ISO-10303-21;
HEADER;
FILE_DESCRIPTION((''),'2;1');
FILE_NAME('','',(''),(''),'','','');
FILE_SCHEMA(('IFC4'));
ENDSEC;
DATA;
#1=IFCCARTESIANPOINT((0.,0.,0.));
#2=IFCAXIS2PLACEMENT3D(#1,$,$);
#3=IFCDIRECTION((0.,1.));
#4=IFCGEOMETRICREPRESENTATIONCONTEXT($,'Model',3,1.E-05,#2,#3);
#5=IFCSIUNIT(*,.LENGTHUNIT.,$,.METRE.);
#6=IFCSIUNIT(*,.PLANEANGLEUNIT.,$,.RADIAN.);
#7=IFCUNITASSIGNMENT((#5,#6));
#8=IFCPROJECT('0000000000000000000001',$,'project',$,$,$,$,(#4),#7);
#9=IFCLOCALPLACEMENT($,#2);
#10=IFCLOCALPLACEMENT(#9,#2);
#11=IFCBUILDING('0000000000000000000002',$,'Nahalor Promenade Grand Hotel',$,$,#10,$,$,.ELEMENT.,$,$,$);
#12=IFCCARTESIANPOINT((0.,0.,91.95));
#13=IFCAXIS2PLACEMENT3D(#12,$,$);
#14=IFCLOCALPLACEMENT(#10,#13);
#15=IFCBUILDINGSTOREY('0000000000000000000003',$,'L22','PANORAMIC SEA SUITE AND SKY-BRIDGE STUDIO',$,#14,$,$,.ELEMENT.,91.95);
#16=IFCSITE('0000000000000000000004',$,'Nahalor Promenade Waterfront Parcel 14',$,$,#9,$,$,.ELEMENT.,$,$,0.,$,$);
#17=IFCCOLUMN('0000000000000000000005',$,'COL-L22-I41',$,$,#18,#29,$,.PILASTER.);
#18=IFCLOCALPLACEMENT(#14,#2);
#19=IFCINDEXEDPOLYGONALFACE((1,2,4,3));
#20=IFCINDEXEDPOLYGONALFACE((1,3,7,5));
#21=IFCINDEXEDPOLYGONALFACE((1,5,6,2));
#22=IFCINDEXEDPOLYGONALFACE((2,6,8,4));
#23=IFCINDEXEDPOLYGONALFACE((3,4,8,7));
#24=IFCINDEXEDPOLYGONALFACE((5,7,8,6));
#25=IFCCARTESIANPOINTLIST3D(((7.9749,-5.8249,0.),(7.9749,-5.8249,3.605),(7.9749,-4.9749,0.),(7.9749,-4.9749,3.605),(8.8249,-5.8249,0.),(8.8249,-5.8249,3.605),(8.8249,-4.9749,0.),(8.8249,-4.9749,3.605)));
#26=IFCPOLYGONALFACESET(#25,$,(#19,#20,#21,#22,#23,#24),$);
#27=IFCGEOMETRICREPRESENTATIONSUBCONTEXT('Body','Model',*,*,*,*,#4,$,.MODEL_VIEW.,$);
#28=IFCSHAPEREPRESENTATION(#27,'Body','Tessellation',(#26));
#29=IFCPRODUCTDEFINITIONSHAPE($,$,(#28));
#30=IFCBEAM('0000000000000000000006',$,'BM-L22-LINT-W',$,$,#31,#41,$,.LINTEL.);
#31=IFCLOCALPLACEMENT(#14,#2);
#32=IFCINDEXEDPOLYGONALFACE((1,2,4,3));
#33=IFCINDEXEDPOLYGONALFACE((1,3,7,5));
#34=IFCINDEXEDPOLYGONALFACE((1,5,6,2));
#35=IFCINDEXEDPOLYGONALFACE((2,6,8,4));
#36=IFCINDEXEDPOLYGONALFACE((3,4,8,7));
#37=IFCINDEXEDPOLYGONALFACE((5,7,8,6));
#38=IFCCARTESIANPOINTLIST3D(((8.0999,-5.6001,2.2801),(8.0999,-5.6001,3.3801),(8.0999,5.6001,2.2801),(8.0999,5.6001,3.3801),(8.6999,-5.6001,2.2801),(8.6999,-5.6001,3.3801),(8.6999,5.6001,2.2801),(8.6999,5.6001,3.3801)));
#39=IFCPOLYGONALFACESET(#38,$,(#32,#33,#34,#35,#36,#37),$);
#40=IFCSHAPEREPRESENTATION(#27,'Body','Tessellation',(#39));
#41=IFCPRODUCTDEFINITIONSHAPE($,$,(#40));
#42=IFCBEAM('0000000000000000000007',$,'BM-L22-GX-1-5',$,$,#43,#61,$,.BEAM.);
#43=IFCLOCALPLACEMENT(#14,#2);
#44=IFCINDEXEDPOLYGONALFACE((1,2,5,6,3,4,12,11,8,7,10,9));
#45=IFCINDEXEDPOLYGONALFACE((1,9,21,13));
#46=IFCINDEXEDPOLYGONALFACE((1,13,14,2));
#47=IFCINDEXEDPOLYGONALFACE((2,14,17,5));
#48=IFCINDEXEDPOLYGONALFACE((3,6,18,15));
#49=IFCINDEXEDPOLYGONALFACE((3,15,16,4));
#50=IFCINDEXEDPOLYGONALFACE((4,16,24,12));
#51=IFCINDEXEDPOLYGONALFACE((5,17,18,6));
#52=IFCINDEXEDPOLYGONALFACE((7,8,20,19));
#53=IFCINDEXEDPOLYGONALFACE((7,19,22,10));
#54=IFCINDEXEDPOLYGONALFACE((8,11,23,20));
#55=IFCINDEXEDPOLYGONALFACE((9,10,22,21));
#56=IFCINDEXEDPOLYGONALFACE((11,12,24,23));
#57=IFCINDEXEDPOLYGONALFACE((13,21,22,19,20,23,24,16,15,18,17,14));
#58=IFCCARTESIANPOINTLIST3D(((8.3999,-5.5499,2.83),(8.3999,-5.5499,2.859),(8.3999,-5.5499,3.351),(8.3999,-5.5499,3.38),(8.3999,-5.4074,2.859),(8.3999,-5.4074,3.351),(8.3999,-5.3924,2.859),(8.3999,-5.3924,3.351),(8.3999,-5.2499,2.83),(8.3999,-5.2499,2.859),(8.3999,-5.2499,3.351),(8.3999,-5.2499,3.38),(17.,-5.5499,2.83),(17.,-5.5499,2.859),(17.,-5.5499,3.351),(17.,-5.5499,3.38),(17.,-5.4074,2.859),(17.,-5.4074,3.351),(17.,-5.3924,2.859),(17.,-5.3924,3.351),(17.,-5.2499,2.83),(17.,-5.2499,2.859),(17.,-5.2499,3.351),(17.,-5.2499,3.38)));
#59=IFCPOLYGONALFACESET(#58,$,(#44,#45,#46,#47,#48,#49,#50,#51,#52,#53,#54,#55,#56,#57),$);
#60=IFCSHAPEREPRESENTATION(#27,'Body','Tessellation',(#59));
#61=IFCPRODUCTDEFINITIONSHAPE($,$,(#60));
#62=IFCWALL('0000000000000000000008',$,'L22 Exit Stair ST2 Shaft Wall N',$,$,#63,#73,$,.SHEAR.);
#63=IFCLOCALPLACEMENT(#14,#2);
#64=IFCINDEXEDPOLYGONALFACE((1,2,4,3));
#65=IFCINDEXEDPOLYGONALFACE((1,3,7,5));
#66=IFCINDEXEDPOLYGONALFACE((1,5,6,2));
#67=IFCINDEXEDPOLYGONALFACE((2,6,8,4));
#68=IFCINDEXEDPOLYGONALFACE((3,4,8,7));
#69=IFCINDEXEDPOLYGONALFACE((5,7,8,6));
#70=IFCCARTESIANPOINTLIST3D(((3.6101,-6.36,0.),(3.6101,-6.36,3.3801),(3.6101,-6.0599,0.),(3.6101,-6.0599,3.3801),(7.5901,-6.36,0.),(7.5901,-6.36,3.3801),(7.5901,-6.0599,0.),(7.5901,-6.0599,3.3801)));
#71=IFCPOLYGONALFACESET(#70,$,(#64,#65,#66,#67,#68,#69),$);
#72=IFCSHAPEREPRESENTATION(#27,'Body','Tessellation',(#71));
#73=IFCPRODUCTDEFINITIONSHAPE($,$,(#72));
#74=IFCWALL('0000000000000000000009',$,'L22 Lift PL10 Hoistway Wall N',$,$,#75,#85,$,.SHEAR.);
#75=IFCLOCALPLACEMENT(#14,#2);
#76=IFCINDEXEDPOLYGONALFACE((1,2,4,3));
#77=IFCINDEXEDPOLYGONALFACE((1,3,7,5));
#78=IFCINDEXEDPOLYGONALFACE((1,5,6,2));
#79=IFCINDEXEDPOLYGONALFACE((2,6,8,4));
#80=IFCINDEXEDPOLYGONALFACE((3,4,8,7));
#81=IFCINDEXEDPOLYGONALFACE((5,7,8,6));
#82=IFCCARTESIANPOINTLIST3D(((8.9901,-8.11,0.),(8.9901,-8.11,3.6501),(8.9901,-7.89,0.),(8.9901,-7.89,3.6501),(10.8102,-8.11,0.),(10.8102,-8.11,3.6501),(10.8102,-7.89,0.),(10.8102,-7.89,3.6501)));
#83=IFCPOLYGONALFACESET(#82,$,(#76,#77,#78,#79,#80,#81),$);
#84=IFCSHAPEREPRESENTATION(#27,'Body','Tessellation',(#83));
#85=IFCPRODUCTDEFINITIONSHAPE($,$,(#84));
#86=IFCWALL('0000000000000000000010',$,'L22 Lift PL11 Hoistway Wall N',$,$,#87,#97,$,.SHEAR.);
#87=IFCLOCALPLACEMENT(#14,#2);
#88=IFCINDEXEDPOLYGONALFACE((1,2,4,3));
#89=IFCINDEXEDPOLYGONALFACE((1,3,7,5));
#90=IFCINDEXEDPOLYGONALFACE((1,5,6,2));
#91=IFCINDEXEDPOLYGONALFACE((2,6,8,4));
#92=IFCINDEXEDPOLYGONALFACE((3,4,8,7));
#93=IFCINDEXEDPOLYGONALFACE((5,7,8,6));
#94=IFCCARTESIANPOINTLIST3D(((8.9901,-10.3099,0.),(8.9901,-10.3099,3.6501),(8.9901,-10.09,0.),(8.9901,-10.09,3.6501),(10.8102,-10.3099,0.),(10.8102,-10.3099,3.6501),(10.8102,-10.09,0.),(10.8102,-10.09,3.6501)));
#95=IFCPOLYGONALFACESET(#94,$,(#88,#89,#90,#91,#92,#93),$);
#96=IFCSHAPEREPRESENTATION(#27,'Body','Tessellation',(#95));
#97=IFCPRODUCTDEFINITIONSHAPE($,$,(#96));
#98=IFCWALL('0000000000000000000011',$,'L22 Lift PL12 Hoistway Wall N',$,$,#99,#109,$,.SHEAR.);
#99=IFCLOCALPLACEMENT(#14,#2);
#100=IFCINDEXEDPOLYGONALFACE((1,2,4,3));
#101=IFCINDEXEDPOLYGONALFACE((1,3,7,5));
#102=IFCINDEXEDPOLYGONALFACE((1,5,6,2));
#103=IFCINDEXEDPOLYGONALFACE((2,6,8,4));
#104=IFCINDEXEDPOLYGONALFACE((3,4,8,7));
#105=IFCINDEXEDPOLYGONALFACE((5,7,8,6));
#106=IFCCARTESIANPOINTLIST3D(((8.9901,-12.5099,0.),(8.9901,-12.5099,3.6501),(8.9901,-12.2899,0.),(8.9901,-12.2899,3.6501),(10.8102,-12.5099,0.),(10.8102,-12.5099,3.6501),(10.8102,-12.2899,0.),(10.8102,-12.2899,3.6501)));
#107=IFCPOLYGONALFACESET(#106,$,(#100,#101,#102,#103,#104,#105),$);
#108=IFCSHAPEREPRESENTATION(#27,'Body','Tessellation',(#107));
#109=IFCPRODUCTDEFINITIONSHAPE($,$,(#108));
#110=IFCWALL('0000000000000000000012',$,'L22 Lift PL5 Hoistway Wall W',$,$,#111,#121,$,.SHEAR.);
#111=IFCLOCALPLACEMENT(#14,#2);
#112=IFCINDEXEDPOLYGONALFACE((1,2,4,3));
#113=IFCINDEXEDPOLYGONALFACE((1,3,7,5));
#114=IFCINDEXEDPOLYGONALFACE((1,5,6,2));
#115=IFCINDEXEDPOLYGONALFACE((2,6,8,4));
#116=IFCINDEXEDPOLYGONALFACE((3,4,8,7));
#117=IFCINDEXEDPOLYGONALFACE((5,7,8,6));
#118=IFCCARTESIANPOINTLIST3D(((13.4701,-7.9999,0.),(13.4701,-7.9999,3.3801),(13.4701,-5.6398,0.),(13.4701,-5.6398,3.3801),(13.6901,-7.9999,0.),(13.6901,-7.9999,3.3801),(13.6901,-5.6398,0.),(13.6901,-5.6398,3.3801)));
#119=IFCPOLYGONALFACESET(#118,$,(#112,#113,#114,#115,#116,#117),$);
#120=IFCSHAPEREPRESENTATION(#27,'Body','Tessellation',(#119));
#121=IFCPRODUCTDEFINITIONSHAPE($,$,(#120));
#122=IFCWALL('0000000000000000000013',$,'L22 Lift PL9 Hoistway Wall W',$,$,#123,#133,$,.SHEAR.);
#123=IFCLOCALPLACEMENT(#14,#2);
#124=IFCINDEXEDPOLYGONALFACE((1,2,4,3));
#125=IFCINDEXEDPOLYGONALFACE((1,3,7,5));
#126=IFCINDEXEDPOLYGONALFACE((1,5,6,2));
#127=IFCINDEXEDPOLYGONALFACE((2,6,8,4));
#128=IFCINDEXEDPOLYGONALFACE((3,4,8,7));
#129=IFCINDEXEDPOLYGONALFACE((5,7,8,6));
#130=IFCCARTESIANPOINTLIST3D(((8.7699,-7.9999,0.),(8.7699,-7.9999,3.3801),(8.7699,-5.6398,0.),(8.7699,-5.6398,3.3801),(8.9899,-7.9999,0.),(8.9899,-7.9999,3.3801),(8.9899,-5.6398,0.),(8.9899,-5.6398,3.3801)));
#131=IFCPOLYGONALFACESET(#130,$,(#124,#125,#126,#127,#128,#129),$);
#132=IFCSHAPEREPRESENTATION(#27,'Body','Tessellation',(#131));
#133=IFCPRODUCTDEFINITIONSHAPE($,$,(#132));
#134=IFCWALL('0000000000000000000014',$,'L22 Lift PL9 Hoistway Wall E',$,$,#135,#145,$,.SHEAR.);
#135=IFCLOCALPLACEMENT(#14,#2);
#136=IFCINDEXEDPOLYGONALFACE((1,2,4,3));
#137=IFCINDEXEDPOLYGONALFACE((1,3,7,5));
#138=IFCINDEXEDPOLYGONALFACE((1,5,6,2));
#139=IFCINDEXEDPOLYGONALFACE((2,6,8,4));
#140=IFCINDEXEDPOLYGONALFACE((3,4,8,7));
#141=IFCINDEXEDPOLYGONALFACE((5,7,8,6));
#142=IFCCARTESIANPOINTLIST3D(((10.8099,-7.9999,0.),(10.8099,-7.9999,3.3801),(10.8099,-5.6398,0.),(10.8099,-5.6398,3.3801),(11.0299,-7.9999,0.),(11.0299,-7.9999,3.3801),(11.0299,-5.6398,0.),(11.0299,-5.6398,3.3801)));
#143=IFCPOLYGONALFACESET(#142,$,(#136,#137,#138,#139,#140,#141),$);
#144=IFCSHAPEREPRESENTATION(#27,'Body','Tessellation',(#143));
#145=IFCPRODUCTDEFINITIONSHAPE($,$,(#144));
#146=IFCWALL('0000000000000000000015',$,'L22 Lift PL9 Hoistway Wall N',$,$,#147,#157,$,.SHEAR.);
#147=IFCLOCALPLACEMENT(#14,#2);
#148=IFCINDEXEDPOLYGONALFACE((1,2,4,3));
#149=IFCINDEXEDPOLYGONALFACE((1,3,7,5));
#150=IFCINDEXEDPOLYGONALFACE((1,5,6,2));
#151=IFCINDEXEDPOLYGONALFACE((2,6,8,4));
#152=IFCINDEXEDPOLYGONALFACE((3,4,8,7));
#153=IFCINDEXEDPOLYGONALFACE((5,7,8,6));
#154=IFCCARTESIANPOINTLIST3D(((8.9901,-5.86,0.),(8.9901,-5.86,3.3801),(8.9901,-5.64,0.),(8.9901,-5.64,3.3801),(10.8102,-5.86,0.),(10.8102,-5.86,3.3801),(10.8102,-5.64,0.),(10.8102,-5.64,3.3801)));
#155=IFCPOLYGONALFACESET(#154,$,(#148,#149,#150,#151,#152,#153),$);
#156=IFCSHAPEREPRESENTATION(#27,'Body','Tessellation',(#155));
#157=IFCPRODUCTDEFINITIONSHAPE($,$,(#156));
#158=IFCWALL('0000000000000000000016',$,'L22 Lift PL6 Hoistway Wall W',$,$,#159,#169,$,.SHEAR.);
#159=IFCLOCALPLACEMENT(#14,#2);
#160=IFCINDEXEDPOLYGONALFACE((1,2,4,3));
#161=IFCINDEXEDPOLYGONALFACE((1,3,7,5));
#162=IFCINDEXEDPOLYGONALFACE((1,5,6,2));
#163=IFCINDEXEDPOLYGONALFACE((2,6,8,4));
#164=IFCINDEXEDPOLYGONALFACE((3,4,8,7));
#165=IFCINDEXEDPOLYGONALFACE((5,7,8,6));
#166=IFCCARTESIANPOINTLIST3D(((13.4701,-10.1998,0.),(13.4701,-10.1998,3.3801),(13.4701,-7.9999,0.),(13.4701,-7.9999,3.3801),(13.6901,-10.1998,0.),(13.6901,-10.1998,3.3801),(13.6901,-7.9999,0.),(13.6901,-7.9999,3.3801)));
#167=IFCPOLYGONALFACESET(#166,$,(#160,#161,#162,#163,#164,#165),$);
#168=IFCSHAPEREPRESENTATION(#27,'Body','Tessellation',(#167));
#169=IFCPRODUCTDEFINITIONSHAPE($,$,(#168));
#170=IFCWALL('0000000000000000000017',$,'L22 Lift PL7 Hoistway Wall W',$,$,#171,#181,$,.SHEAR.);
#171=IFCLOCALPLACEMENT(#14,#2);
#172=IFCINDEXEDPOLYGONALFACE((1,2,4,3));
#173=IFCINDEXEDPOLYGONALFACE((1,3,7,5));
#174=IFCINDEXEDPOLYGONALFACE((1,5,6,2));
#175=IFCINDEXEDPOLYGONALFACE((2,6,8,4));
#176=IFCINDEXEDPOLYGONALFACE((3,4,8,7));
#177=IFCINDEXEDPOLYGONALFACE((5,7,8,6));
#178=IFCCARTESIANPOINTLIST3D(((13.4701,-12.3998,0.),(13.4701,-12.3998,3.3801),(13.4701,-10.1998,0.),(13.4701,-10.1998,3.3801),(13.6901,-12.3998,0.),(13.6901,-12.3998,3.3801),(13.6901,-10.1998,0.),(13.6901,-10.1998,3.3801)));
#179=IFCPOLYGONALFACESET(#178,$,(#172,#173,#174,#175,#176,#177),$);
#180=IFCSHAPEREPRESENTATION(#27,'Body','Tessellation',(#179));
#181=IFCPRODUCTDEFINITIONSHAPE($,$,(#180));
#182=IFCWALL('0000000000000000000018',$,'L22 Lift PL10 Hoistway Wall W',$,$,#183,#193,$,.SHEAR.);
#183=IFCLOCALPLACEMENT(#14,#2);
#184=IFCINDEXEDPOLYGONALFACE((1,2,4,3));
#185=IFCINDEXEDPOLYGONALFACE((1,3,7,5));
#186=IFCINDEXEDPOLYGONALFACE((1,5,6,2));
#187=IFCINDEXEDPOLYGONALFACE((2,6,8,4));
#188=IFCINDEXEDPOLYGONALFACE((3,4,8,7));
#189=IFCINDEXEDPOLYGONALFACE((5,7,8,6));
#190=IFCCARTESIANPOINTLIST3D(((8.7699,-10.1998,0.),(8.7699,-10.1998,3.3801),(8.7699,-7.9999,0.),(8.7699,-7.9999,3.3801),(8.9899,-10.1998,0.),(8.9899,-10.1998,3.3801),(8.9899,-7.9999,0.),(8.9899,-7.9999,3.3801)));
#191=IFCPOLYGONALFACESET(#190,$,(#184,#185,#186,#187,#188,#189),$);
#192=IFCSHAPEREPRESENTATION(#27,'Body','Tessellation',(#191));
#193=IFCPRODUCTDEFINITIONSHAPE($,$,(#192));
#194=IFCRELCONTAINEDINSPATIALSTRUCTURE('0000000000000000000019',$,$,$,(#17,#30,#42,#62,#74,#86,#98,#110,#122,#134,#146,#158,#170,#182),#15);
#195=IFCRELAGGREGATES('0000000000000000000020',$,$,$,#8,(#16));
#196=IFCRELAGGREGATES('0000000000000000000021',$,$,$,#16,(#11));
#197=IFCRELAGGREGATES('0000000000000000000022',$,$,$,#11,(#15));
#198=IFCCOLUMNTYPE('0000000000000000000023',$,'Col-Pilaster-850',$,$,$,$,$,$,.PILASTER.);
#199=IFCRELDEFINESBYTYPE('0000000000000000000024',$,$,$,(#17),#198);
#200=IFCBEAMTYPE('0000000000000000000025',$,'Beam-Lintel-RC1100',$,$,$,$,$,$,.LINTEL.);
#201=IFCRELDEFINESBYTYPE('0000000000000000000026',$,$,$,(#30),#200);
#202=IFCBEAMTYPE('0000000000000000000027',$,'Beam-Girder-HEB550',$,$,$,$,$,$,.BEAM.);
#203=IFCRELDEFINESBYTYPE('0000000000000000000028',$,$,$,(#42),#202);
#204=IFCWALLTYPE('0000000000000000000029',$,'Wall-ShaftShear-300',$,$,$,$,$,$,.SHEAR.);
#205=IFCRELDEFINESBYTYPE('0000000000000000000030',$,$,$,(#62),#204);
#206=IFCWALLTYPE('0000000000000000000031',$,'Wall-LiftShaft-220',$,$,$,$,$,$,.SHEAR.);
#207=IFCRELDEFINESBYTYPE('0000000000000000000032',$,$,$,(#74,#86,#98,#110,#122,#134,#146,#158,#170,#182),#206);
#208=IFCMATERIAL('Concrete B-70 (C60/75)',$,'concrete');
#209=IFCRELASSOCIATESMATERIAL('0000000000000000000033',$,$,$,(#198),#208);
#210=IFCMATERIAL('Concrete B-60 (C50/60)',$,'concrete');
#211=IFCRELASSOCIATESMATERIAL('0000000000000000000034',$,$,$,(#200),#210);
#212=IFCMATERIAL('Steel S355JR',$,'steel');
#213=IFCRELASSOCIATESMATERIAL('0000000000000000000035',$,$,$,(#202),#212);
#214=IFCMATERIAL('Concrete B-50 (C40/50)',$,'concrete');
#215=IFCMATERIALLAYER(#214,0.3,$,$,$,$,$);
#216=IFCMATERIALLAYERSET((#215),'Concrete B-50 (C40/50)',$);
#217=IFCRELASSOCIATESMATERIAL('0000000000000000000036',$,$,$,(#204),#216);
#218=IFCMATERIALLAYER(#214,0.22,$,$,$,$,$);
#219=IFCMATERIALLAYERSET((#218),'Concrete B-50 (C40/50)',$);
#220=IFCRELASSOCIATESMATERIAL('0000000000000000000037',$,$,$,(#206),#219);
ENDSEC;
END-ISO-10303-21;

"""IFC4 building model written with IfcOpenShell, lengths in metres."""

from ifc_helpers import new_model, si_unit, direction, frame, frame_2d, origin, origin_2d, place, context, subcontext, project, spatial, rectangle, i_section, extrude, source, transform, mapped, material, layer, layer_set, material_profile, profile_set, type_object, element, save


model = new_model("IFC4")

# Units and contexts
model_context = context("Model", 3, precision=1e-05, world=origin(), true_north=direction((0.0, 1.0)))
body_context = subcontext(model_context, "Body", "Model", "MODEL_VIEW")
ifc_project = project(units=[si_unit("LENGTHUNIT", "METRE"), si_unit("PLANEANGLEUNIT", "RADIAN")], contexts=[model_context])

# Site, building, storey
site_placement = place(None, origin())
site = spatial("IfcSite", under=ifc_project, at=site_placement, Name="Nahalor Promenade Waterfront Parcel 14", CompositionType="ELEMENT", RefElevation=0.0)
building_placement = place(site_placement, origin())
building = spatial("IfcBuilding", under=site, at=building_placement, Name="Nahalor Promenade Grand Hotel", CompositionType="ELEMENT")
storey_placement = place(building_placement, frame((0.0, 0.0, 91.95)))
storey = spatial("IfcBuildingStorey", under=building, at=storey_placement, Name="L22", Description="PANORAMIC SEA SUITE AND SKY-BRIDGE STUDIO", CompositionType="ELEMENT", Elevation=91.95)

# Column
ifc_material_1 = material(Name="Concrete B-70 (C60/75)", Category="concrete")
ifc_material_profile_1 = material_profile(ifc_material_1, rectangle(XDim=0.85, YDim=0.85, at=origin_2d()), Name="RC 850x850")
ifc_profile_set_1 = profile_set([ifc_material_profile_1], Name="Concrete B-70 (C60/75)")
column_type = type_object("IfcColumnType", Name="Col-Pilaster-850", PredefinedType="PILASTER", material=ifc_profile_set_1)
shared_shape_1 = source(origin(), body_context, "Body", "SweptSolid", [
    extrude(rectangle(XDim=0.85, YDim=0.85, at=origin_2d()), origin(), (0.0, 0.0, 1.0), 3.605),
])
column_placement = place(storey_placement, frame((8.3999, -5.3999, 0.0), z_axis=(0.0, 0.0, 1.0), x_axis=(1.0, 0.0, 0.0)))
element("IfcColumn", 1, at=column_placement, inside=storey, type_object=column_type, Name="COL-L22-I41", PredefinedType="PILASTER", context=body_context, shape_type="MappedRepresentation", body=[
    mapped(shared_shape_1, transform((0.0, 0.0, 0.0), scale=1.0)),
])

# Beams
ifc_material_2 = material(Name="Concrete B-60 (C50/60)", Category="concrete")
ifc_material_profile_2 = material_profile(ifc_material_2, rectangle(XDim=0.6, YDim=1.1, at=origin_2d()), Name="RC 600x1100")
ifc_profile_set_2 = profile_set([ifc_material_profile_2], Name="Concrete B-60 (C50/60)")
beam_type_1 = type_object("IfcBeamType", Name="Beam-Lintel-RC1100", PredefinedType="LINTEL", material=ifc_profile_set_2)
shared_shape_2 = source(origin(), body_context, "Body", "SweptSolid", [
    extrude(rectangle(XDim=0.6, YDim=1.1, at=origin_2d()), origin(), (0.0, 0.0, 1.0), 11.2002),
])
beam_1_placement = place(storey_placement, frame((8.3999, -5.6001, 2.8301), z_axis=(0.0, 1.0, 0.0), x_axis=(-1.0, 0.0, 0.0)))
element("IfcBeam", 2, at=beam_1_placement, inside=storey, type_object=beam_type_1, Name="BM-L22-LINT-W", PredefinedType="LINTEL", context=body_context, shape_type="MappedRepresentation", body=[
    mapped(shared_shape_2, transform((0.0, 0.0, 0.0), scale=1.0)),
])
ifc_material_3 = material(Name="Steel S355JR", Category="steel")
ifc_material_profile_3 = material_profile(ifc_material_3, i_section(OverallWidth=0.3, OverallDepth=0.55, WebThickness=0.015, FlangeThickness=0.029, at=origin_2d()), Name="HEB 550")
ifc_profile_set_3 = profile_set([ifc_material_profile_3], Name="Steel S355JR")
beam_type_2 = type_object("IfcBeamType", Name="Beam-Girder-HEB550", PredefinedType="BEAM", material=ifc_profile_set_3)
shared_shape_3 = source(origin(), body_context, "Body", "SweptSolid", [
    extrude(i_section(OverallWidth=0.3, OverallDepth=0.55, WebThickness=0.015, FlangeThickness=0.029, at=origin_2d()), origin(), (0.0, 0.0, 1.0), 8.6001),
])
beam_2_placement = place(storey_placement, frame((8.3999, -5.3999, 3.105), z_axis=(1.0, 0.0, 0.0), x_axis=(0.0, 1.0, 0.0)))
element("IfcBeam", 3, at=beam_2_placement, inside=storey, type_object=beam_type_2, Name="BM-L22-GX-1-5", PredefinedType="BEAM", context=body_context, shape_type="MappedRepresentation", body=[
    mapped(shared_shape_3, transform((0.0, 0.0, 0.0), scale=1.0)),
])

# Walls
ifc_material_4 = material(Name="Concrete B-50 (C40/50)", Category="concrete")
ifc_layer_1 = layer(ifc_material_4, 0.3)
ifc_layer_set_1 = layer_set([ifc_layer_1], Name="Concrete B-50 (C40/50)")
wall_type_1 = type_object("IfcWallType", Name="Wall-ShaftShear-300", PredefinedType="SHEAR", material=ifc_layer_set_1)
shared_shape_4 = source(origin(), body_context, "Body", "SweptSolid", [
    extrude(rectangle(XDim=3.98, YDim=0.3, at=frame_2d((1.99, 0.0))), origin(), (0.0, 0.0, 1.0), 3.3801),
])
wall_1_placement = place(storey_placement, frame((3.6101, -6.21, 0.0), z_axis=(0.0, 0.0, 1.0), x_axis=(1.0, 0.0, 0.0)))
element("IfcWall", 4, at=wall_1_placement, inside=storey, type_object=wall_type_1, Name="L22 Exit Stair ST2 Shaft Wall N", PredefinedType="SHEAR", context=body_context, shape_type="MappedRepresentation", body=[
    mapped(shared_shape_4, transform((0.0, 0.0, 0.0), scale=1.0)),
])
ifc_layer_2 = layer(ifc_material_4, 0.22)
ifc_layer_set_2 = layer_set([ifc_layer_2], Name="Concrete B-50 (C40/50)")
wall_type_2 = type_object("IfcWallType", Name="Wall-LiftShaft-220", PredefinedType="SHEAR", material=ifc_layer_set_2)
shared_shape_5 = source(origin(), body_context, "Body", "SweptSolid", [
    extrude(rectangle(XDim=1.8201, YDim=0.22, at=frame_2d((0.9102, 0.0))), origin(), (0.0, 0.0, 1.0), 3.6501),
])
for number, where, z_axis, x_axis, name in (
    (5, (8.99, -8.0, 0.0), (0.0, 0.0, 1.0), (1.0, 0.0, 0.0), "L22 Lift PL10 Hoistway Wall N"),
    (6, (8.99, -10.2, 0.0), (0.0, 0.0, 1.0), (1.0, 0.0, 0.0), "L22 Lift PL11 Hoistway Wall N"),
    (7, (8.99, -12.3999, 0.0), (0.0, 0.0, 1.0), (1.0, 0.0, 0.0), "L22 Lift PL12 Hoistway Wall N"),
):
    element("IfcWall", number, at=place(storey_placement, frame(where, z_axis=z_axis, x_axis=x_axis)), inside=storey, type_object=wall_type_2, Name=name, PredefinedType="SHEAR", context=body_context, shape_type="MappedRepresentation", body=[
        mapped(shared_shape_5, transform((0.0, 0.0, 0.0), scale=1.0)),
    ])
shared_shape_6 = source(origin(), body_context, "Body", "SweptSolid", [
    extrude(rectangle(XDim=2.3601, YDim=0.22, at=frame_2d((1.1802, 0.0))), origin(), (0.0, 0.0, 1.0), 3.3801),
])
for number, where, z_axis, x_axis, name in (
    (8, (13.5801, -8.0, 0.0), (0.0, 0.0, 1.0), (0.0, 1.0, 0.0), "L22 Lift PL5 Hoistway Wall W"),
    (9, (8.8799, -8.0, 0.0), (0.0, 0.0, 1.0), (0.0, 1.0, 0.0), "L22 Lift PL9 Hoistway Wall W"),
    (10, (10.9199, -8.0, 0.0), (0.0, 0.0, 1.0), (0.0, 1.0, 0.0), "L22 Lift PL9 Hoistway Wall E"),
):
    element("IfcWall", number, at=place(storey_placement, frame(where, z_axis=z_axis, x_axis=x_axis)), inside=storey, type_object=wall_type_2, Name=name, PredefinedType="SHEAR", context=body_context, shape_type="MappedRepresentation", body=[
        mapped(shared_shape_6, transform((0.0, 0.0, 0.0), scale=1.0)),
    ])
shared_shape_7 = source(origin(), body_context, "Body", "SweptSolid", [
    extrude(rectangle(XDim=1.8201, YDim=0.22, at=frame_2d((0.9102, 0.0))), origin(), (0.0, 0.0, 1.0), 3.3801),
])
wall_2_placement = place(storey_placement, frame((8.99, -5.75, 0.0), z_axis=(0.0, 0.0, 1.0), x_axis=(1.0, 0.0, 0.0)))
element("IfcWall", 11, at=wall_2_placement, inside=storey, type_object=wall_type_2, Name="L22 Lift PL9 Hoistway Wall N", PredefinedType="SHEAR", context=body_context, shape_type="MappedRepresentation", body=[
    mapped(shared_shape_7, transform((0.0, 0.0, 0.0), scale=1.0)),
])
shared_shape_8 = source(origin(), body_context, "Body", "SweptSolid", [
    extrude(rectangle(XDim=2.2, YDim=0.22, at=frame_2d((1.1001, 0.0))), origin(), (0.0, 0.0, 1.0), 3.3801),
])
for number, where, z_axis, x_axis, name in (
    (12, (13.5801, -10.2, 0.0), (0.0, 0.0, 1.0), (0.0, 1.0, 0.0), "L22 Lift PL6 Hoistway Wall W"),
    (13, (13.5801, -12.3999, 0.0), (0.0, 0.0, 1.0), (0.0, 1.0, 0.0), "L22 Lift PL7 Hoistway Wall W"),
    (14, (8.8799, -10.2, 0.0), (0.0, 0.0, 1.0), (0.0, 1.0, 0.0), "L22 Lift PL10 Hoistway Wall W"),
):
    element("IfcWall", number, at=place(storey_placement, frame(where, z_axis=z_axis, x_axis=x_axis)), inside=storey, type_object=wall_type_2, Name=name, PredefinedType="SHEAR", context=body_context, shape_type="MappedRepresentation", body=[
        mapped(shared_shape_8, transform((0.0, 0.0, 0.0), scale=1.0)),
    ])

save(model, "model.ifc")
